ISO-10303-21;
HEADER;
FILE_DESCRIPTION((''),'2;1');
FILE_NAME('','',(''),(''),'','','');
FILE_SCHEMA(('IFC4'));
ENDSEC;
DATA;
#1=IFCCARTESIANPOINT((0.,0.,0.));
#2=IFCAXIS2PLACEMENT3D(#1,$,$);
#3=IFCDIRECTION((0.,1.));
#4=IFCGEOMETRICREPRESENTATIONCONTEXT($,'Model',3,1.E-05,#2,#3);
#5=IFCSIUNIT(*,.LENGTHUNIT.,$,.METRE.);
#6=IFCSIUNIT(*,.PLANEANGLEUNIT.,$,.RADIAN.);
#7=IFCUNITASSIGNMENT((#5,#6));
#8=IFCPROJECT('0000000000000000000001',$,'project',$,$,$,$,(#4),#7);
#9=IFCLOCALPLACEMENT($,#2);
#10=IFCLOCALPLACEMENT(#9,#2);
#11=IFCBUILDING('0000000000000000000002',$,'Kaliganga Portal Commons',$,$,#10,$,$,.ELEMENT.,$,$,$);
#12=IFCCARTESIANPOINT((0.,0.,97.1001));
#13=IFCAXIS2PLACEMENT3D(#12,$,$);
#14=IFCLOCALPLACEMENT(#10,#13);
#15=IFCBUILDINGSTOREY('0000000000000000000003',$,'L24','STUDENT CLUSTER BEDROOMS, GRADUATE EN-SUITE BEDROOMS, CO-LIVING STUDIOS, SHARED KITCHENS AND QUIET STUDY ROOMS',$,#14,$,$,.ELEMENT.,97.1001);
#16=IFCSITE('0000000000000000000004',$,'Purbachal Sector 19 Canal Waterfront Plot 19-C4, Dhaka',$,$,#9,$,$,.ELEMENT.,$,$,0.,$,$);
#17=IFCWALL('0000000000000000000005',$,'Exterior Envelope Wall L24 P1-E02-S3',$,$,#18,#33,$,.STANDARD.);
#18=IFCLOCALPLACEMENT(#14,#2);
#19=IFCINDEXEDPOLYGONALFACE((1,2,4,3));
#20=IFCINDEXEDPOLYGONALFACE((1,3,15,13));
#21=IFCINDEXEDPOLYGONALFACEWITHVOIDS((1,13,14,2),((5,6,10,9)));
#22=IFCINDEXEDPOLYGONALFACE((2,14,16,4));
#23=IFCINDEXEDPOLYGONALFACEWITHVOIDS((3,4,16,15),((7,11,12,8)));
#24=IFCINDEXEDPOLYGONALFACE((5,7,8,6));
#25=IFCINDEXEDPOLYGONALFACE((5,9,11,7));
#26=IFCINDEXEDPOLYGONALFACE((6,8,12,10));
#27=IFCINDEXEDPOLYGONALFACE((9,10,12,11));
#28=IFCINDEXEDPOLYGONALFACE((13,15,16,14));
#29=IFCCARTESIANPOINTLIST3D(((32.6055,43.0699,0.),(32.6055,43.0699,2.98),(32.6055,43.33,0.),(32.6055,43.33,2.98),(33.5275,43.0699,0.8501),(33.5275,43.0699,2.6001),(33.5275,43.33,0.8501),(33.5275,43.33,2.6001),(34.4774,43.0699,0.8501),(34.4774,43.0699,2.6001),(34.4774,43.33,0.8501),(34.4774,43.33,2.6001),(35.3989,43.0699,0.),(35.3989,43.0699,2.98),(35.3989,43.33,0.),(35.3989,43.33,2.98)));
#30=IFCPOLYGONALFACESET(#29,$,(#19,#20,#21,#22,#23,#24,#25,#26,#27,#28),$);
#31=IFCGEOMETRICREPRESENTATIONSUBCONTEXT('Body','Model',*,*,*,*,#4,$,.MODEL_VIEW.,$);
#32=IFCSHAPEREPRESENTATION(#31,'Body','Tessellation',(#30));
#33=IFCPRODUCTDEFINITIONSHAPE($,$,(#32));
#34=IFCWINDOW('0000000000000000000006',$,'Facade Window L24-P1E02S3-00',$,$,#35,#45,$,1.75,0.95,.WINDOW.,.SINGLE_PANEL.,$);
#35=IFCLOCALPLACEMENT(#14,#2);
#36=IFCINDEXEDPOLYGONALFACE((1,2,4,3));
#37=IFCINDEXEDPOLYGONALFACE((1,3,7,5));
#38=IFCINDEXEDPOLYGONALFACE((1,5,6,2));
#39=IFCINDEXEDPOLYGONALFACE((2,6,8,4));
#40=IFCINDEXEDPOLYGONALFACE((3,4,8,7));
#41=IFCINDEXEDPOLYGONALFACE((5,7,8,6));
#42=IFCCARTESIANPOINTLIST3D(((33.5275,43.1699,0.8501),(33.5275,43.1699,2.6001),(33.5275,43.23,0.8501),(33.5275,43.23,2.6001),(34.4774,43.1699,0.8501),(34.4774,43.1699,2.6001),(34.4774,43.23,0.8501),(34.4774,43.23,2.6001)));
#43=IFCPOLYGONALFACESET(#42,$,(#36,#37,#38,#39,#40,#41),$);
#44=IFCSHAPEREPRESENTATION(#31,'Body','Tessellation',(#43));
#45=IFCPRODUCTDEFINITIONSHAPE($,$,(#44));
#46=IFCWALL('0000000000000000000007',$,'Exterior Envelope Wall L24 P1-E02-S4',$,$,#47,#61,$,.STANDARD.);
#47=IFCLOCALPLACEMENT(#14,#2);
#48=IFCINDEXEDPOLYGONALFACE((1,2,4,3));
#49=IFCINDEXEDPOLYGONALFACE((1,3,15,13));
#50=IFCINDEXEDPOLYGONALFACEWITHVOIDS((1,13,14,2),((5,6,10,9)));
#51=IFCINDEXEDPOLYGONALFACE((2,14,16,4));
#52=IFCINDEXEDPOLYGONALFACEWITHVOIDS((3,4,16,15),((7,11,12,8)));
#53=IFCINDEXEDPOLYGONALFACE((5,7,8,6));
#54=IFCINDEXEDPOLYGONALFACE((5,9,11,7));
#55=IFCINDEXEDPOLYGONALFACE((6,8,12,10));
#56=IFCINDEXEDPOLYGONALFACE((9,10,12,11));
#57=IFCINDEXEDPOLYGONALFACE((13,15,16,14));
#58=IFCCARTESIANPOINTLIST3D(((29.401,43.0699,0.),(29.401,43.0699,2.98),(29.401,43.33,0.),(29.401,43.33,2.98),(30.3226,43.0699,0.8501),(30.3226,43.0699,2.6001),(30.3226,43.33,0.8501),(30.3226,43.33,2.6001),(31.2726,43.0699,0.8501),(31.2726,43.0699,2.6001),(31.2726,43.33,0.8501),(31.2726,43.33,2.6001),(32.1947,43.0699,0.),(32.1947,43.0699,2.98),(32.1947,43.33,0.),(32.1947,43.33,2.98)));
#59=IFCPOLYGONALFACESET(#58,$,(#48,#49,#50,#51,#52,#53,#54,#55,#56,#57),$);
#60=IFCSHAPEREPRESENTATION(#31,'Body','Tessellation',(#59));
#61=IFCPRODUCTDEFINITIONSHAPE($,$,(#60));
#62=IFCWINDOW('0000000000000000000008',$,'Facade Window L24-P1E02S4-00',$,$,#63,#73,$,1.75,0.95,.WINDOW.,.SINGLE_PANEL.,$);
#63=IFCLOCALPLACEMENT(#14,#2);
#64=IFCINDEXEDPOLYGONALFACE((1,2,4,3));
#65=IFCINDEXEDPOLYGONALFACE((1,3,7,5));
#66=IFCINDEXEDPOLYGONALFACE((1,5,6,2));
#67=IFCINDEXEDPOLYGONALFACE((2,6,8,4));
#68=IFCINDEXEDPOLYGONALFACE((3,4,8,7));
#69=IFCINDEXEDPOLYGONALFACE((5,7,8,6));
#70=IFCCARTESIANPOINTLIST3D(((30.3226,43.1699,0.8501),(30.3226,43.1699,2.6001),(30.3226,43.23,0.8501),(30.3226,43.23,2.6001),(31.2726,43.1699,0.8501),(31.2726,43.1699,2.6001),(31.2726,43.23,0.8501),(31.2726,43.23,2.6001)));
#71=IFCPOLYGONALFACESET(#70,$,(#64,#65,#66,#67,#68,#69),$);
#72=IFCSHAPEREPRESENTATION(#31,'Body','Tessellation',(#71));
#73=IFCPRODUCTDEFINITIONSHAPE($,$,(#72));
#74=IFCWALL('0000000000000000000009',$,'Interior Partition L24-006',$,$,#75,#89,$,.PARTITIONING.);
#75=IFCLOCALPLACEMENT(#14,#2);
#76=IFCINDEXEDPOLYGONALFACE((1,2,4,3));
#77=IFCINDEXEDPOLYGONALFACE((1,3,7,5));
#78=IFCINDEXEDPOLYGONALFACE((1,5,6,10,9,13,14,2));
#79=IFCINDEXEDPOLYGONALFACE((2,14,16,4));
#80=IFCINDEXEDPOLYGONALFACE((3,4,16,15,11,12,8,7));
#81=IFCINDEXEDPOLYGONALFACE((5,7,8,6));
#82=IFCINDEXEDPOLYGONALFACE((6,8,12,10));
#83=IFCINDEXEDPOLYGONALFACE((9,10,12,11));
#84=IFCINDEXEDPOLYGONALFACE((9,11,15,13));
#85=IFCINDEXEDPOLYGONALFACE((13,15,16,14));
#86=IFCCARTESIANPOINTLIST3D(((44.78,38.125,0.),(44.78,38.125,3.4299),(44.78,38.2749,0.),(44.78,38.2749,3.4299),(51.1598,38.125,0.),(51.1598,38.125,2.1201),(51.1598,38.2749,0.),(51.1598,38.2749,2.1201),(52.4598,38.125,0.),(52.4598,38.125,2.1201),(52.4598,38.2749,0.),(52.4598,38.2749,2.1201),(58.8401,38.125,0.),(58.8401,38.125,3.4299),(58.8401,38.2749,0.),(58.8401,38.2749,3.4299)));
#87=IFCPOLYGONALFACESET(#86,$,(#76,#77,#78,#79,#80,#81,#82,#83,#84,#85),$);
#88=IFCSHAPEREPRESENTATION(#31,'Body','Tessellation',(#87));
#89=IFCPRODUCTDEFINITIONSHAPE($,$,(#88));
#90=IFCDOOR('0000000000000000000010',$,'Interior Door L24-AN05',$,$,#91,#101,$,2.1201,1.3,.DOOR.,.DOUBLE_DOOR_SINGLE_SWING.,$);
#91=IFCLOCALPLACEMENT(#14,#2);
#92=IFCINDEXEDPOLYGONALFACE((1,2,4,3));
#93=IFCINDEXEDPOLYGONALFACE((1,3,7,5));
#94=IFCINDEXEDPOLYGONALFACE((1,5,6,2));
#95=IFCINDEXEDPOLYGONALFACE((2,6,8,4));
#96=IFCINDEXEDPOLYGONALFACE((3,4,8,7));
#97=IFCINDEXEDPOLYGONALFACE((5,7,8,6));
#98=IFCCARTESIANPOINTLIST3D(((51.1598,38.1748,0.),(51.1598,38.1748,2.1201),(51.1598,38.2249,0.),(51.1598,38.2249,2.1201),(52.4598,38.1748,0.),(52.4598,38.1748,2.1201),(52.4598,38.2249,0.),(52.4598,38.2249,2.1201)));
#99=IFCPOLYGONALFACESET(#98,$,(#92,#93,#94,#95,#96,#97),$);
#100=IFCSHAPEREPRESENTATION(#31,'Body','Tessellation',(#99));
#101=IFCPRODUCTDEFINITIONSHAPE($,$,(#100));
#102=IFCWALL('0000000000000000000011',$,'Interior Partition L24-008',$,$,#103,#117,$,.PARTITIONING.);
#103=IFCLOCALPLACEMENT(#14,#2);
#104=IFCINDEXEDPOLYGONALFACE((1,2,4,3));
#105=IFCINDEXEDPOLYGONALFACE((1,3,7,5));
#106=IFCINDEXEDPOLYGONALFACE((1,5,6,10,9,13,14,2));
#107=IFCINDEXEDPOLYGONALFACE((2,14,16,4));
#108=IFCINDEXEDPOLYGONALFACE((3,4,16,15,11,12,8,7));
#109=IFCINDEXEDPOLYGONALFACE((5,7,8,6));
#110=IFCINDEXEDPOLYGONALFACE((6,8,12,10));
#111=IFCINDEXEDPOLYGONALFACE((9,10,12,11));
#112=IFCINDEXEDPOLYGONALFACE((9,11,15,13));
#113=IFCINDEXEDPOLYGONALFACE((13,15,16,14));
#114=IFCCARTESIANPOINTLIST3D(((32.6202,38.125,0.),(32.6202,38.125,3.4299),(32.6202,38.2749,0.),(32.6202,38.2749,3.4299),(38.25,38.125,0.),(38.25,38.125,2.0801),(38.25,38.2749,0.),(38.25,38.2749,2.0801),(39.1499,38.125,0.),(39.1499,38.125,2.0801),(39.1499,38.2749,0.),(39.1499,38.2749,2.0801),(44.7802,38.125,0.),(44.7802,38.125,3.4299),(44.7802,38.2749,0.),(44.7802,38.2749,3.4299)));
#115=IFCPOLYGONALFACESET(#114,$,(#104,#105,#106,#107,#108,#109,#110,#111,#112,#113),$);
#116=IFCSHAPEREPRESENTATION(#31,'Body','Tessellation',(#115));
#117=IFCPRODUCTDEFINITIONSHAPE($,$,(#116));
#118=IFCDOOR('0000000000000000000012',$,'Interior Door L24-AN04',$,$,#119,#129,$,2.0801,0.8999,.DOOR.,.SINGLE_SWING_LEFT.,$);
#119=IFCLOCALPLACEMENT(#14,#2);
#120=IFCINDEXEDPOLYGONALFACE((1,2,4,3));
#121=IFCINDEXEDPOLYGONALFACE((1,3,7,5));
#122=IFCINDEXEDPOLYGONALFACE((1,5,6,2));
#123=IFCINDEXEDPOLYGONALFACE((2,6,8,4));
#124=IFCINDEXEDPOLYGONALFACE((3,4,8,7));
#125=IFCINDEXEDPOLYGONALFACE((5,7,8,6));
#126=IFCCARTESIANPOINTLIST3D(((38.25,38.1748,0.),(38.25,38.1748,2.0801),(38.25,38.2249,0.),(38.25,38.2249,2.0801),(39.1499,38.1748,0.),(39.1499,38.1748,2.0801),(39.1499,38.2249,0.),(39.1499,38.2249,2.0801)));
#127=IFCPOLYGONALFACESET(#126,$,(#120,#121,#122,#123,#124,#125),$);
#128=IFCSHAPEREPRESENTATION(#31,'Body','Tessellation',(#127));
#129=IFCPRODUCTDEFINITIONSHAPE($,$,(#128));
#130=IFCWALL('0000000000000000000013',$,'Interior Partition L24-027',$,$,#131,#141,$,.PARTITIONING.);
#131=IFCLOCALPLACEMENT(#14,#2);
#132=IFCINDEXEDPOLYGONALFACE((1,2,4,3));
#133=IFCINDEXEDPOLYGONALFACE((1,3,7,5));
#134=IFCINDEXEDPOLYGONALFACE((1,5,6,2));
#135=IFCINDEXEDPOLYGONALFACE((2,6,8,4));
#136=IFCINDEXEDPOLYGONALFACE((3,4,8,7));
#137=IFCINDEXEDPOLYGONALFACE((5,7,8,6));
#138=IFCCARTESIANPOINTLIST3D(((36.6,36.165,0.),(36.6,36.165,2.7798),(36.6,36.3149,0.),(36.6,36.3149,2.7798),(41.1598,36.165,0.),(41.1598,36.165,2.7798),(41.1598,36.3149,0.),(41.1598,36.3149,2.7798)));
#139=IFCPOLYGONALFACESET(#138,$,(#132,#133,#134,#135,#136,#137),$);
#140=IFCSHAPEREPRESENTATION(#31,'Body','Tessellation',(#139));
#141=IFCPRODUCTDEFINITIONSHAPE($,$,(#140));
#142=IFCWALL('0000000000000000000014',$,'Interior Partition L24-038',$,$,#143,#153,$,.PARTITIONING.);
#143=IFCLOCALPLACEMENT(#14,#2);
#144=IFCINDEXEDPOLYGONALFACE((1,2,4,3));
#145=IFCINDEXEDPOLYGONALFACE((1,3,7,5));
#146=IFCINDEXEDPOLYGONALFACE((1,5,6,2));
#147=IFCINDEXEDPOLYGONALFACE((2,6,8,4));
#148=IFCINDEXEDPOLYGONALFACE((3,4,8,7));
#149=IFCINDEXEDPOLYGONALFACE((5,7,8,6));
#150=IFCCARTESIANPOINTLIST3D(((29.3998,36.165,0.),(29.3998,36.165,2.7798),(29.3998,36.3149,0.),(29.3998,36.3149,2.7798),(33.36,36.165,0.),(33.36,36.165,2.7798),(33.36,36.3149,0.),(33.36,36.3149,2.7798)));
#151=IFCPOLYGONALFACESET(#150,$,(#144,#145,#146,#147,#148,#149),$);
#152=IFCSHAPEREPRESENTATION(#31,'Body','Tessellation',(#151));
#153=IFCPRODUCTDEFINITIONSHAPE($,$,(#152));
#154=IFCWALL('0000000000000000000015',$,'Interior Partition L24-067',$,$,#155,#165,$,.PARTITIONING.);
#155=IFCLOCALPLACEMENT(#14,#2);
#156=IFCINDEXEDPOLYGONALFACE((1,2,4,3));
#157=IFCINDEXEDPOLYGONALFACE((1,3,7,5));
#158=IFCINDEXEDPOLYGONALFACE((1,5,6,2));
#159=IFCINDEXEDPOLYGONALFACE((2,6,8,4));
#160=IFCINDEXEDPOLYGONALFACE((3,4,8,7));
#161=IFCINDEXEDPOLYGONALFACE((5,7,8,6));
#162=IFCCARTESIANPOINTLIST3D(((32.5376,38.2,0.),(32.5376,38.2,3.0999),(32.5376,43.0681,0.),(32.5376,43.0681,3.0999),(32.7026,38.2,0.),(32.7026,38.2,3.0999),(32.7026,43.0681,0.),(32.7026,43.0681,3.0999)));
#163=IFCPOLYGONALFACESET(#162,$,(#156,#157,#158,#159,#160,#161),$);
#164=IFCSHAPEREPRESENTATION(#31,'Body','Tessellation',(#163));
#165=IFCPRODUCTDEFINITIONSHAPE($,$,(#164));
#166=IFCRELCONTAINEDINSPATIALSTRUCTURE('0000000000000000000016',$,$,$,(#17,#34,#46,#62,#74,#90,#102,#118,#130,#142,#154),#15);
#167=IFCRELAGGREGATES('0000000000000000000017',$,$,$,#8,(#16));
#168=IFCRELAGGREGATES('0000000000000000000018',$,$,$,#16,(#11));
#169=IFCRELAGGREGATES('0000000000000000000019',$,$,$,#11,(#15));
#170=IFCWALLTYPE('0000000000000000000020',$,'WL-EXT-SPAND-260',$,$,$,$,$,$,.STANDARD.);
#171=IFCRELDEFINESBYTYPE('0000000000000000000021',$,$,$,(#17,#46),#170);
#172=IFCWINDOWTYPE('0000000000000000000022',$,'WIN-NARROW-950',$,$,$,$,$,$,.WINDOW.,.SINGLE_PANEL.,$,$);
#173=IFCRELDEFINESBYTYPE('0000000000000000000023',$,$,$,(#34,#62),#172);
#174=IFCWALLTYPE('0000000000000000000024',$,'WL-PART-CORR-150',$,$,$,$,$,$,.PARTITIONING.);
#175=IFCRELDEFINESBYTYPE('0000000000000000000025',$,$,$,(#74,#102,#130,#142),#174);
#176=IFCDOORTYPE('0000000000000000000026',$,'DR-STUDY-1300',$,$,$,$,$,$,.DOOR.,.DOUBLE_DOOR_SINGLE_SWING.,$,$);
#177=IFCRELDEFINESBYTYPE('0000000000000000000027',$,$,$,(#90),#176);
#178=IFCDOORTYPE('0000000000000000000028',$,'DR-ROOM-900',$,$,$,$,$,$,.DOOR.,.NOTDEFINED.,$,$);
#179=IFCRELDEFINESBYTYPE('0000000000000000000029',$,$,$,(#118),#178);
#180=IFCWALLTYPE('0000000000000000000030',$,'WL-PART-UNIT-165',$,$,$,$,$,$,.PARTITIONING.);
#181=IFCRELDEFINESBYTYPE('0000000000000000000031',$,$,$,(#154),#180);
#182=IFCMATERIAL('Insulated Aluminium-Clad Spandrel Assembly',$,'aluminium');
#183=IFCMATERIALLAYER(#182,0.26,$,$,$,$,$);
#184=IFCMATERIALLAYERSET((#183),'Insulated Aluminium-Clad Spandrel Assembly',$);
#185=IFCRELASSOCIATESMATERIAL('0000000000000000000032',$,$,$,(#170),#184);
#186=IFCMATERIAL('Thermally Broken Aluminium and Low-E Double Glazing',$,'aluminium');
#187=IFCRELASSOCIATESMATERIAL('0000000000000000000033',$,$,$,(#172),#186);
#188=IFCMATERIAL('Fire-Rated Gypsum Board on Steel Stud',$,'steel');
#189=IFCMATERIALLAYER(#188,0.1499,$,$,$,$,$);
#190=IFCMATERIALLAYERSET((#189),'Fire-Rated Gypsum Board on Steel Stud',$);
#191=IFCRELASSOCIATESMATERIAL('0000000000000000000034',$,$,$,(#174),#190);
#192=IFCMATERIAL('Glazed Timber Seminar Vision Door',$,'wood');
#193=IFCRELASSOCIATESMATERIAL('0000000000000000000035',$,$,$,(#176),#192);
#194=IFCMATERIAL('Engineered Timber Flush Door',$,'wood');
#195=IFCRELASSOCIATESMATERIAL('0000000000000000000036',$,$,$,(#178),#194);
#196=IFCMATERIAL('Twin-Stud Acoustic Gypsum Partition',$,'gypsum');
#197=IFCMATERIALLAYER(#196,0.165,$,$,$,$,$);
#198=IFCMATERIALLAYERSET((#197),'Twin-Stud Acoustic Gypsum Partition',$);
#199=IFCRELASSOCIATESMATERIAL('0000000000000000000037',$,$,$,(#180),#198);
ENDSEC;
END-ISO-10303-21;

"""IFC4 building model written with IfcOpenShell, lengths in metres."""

from ifc_helpers import new_model, si_unit, direction, frame, frame_2d, origin, place, context, subcontext, project, spatial, rectangle, extrude, material, layer, layer_set, type_object, element, fill, save


model = new_model("IFC4")

# Units and contexts
model_context = context("Model", 3, precision=1e-05, world=origin(), true_north=direction((0.0, 1.0)))
body_context = subcontext(model_context, "Body", "Model", "MODEL_VIEW")
ifc_project = project(units=[si_unit("LENGTHUNIT", "METRE"), si_unit("PLANEANGLEUNIT", "RADIAN")], contexts=[model_context])

# Site, building, storey
site_placement = place(None, origin())
site = spatial("IfcSite", under=ifc_project, at=site_placement, Name="Purbachal Sector 19 Canal Waterfront Plot 19-C4, Dhaka", CompositionType="ELEMENT", RefElevation=0.0)
building_placement = place(site_placement, origin())
building = spatial("IfcBuilding", under=site, at=building_placement, Name="Kaliganga Portal Commons", CompositionType="ELEMENT")
storey_placement = place(building_placement, frame((0.0, 0.0, 97.1001)))
storey = spatial("IfcBuildingStorey", under=building, at=storey_placement, Name="L24", Description="STUDENT CLUSTER BEDROOMS, GRADUATE EN-SUITE BEDROOMS, CO-LIVING STUDIOS, SHARED KITCHENS AND QUIET STUDY ROOMS", CompositionType="ELEMENT", Elevation=97.1001)

# Shared definitions
ifc_material_1 = material(Name="Insulated Aluminium-Clad Spandrel Assembly", Category="aluminium")
ifc_layer_1 = layer(ifc_material_1, 0.26)
ifc_layer_set_1 = layer_set([ifc_layer_1], Name="Insulated Aluminium-Clad Spandrel Assembly")
wall_type_1 = type_object("IfcWallType", Name="WL-EXT-SPAND-260", PredefinedType="STANDARD", material=ifc_layer_set_1)
ifc_material_2 = material(Name="Thermally Broken Aluminium and Low-E Double Glazing", Category="aluminium")

# Walls, openings, windows
wall_1_placement = place(storey_placement, frame((32.6055, 43.2, 0.0), z_axis=(0.0, 0.0, 1.0), x_axis=(1.0, 0.0, 0.0)))
wall_1 = element("IfcWall", 1, at=wall_1_placement, inside=storey, type_object=wall_type_1, Name="Exterior Envelope Wall L24 P1-E02-S3", PredefinedType="STANDARD", context=body_context, shape_type="SweptSolid", body=[
    extrude(rectangle(XDim=2.7935, YDim=0.26, at=frame_2d((1.3967, 0.0))), origin(), (0.0, 0.0, 1.0), 2.98),
])
opening_1_placement = place(wall_1_placement, frame((0.9219, 0.0, 0.8501)))
opening_1 = element("IfcOpeningElement", 2, at=opening_1_placement, cuts=wall_1, PredefinedType="OPENING", context=body_context, shape_type="SweptSolid", body=[
    extrude(rectangle(XDim=0.95, YDim=1.75, at=frame_2d((0.4751, 0.875))), frame((0.0, 0.1401, 0.0), z_axis=(0.0, -1.0, 0.0), x_axis=(1.0, 0.0, 0.0)), (0.0, 0.0, 1.0), 0.28),
])
window_type_1 = type_object("IfcWindowType", Name="WIN-NARROW-950", PartitioningType="SINGLE_PANEL", PredefinedType="WINDOW", material=ifc_material_2)
window_1_placement = place(opening_1_placement, origin())
window_1 = element("IfcWindow", 3, at=window_1_placement, inside=storey, type_object=window_type_1, Name="Facade Window L24-P1E02S3-00", OverallHeight=1.75, OverallWidth=0.95, PartitioningType="SINGLE_PANEL", PredefinedType="WINDOW", context=body_context, shape_type="SweptSolid", body=[
    extrude(rectangle(XDim=0.95, YDim=1.75, at=frame_2d((0.4751, 0.875))), frame((0.0, 0.03, 0.0), z_axis=(0.0, -1.0, 0.0), x_axis=(1.0, 0.0, 0.0)), (0.0, 0.0, 1.0), 0.0601),
])
fill(opening_1, window_1)
wall_2_placement = place(storey_placement, frame((29.4009, 43.2, 0.0), z_axis=(0.0, 0.0, 1.0), x_axis=(1.0, 0.0, 0.0)))
wall_2 = element("IfcWall", 4, at=wall_2_placement, inside=storey, type_object=wall_type_1, Name="Exterior Envelope Wall L24 P1-E02-S4", PredefinedType="STANDARD", context=body_context, shape_type="SweptSolid", body=[
    extrude(rectangle(XDim=2.7937, YDim=0.26, at=frame_2d((1.397, 0.0))), origin(), (0.0, 0.0, 1.0), 2.98),
])
opening_2_placement = place(wall_2_placement, frame((0.9216, 0.0, 0.8501)))
opening_2 = element("IfcOpeningElement", 5, at=opening_2_placement, cuts=wall_2, PredefinedType="OPENING", context=body_context, shape_type="SweptSolid", body=[
    extrude(rectangle(XDim=0.95, YDim=1.75, at=frame_2d((0.4751, 0.875))), frame((0.0, 0.1401, 0.0), z_axis=(0.0, -1.0, 0.0), x_axis=(1.0, 0.0, 0.0)), (0.0, 0.0, 1.0), 0.28),
])
window_2_placement = place(opening_2_placement, origin())
window_2 = element("IfcWindow", 6, at=window_2_placement, inside=storey, type_object=window_type_1, Name="Facade Window L24-P1E02S4-00", OverallHeight=1.75, OverallWidth=0.95, PartitioningType="SINGLE_PANEL", PredefinedType="WINDOW", context=body_context, shape_type="SweptSolid", body=[
    extrude(rectangle(XDim=0.95, YDim=1.75, at=frame_2d((0.4751, 0.875))), frame((0.0, 0.03, 0.0), z_axis=(0.0, -1.0, 0.0), x_axis=(1.0, 0.0, 0.0)), (0.0, 0.0, 1.0), 0.0601),
])
fill(opening_2, window_2)

# Walls, openings, doors
ifc_material_3 = material(Name="Fire-Rated Gypsum Board on Steel Stud", Category="steel")
ifc_layer_2 = layer(ifc_material_3, 0.1499)
ifc_layer_set_2 = layer_set([ifc_layer_2], Name="Fire-Rated Gypsum Board on Steel Stud")
wall_type_2 = type_object("IfcWallType", Name="WL-PART-CORR-150", PredefinedType="PARTITIONING", material=ifc_layer_set_2)
wall_3_placement = place(storey_placement, frame((44.78, 38.2, 0.0), z_axis=(0.0, 0.0, 1.0), x_axis=(1.0, 0.0, 0.0)))
wall_3 = element("IfcWall", 7, at=wall_3_placement, inside=storey, type_object=wall_type_2, Name="Interior Partition L24-006", PredefinedType="PARTITIONING", context=body_context, shape_type="SweptSolid", body=[
    extrude(rectangle(XDim=14.0601, YDim=0.1499, at=frame_2d((7.03, 0.0))), origin(), (0.0, 0.0, 1.0), 3.4299),
])
opening_3_placement = place(wall_3_placement, frame((6.3799, 0.0, 0.0)))
opening_3 = element("IfcOpeningElement", 8, at=opening_3_placement, cuts=wall_3, PredefinedType="OPENING", context=body_context, shape_type="SweptSolid", body=[
    extrude(rectangle(XDim=1.3, YDim=2.1201, at=frame_2d((0.6499, 1.0601))), frame((0.0, 0.085, 0.0), z_axis=(0.0, -1.0, 0.0), x_axis=(1.0, 0.0, 0.0)), (0.0, 0.0, 1.0), 0.1699),
])
ifc_material_4 = material(Name="Glazed Timber Seminar Vision Door", Category="wood")
door_type_1 = type_object("IfcDoorType", Name="DR-STUDY-1300", OperationType="DOUBLE_DOOR_SINGLE_SWING", PredefinedType="DOOR", material=ifc_material_4)
door_1_placement = place(opening_3_placement, origin())
door_1 = element("IfcDoor", 9, at=door_1_placement, inside=storey, type_object=door_type_1, Name="Interior Door L24-AN05", OperationType="DOUBLE_DOOR_SINGLE_SWING", OverallHeight=2.1201, OverallWidth=1.3, PredefinedType="DOOR", context=body_context, shape_type="SweptSolid", body=[
    extrude(rectangle(XDim=1.3, YDim=2.1201, at=frame_2d((0.6499, 1.0601))), frame((0.0, 0.0249, 0.0), z_axis=(0.0, -1.0, 0.0), x_axis=(1.0, 0.0, 0.0)), (0.0, 0.0, 1.0), 0.05),
])
fill(opening_3, door_1)
wall_4_placement = place(storey_placement, frame((32.6201, 38.2, 0.0), z_axis=(0.0, 0.0, 1.0), x_axis=(1.0, 0.0, 0.0)))
wall_4 = element("IfcWall", 10, at=wall_4_placement, inside=storey, type_object=wall_type_2, Name="Interior Partition L24-008", PredefinedType="PARTITIONING", context=body_context, shape_type="SweptSolid", body=[
    extrude(rectangle(XDim=12.1599, YDim=0.1499, at=frame_2d((6.0801, 0.0))), origin(), (0.0, 0.0, 1.0), 3.4299),
])
opening_4_placement = place(wall_4_placement, frame((5.6299, 0.0, 0.0)))
opening_4 = element("IfcOpeningElement", 11, at=opening_4_placement, cuts=wall_4, PredefinedType="OPENING", context=body_context, shape_type="SweptSolid", body=[
    extrude(rectangle(XDim=0.8999, YDim=2.0801, at=frame_2d((0.45, 1.04))), frame((0.0, 0.085, 0.0), z_axis=(0.0, -1.0, 0.0), x_axis=(1.0, 0.0, 0.0)), (0.0, 0.0, 1.0), 0.1699),
])
ifc_material_5 = material(Name="Engineered Timber Flush Door", Category="wood")
door_type_2 = type_object("IfcDoorType", Name="DR-ROOM-900", OperationType="NOTDEFINED", PredefinedType="DOOR", material=ifc_material_5)
door_2_placement = place(opening_4_placement, origin())
door_2 = element("IfcDoor", 12, at=door_2_placement, inside=storey, type_object=door_type_2, Name="Interior Door L24-AN04", OperationType="SINGLE_SWING_LEFT", OverallHeight=2.0801, OverallWidth=0.8999, PredefinedType="DOOR", context=body_context, shape_type="SweptSolid", body=[
    extrude(rectangle(XDim=0.8999, YDim=2.0801, at=frame_2d((0.45, 1.04))), frame((0.0, 0.0249, 0.0), z_axis=(0.0, -1.0, 0.0), x_axis=(1.0, 0.0, 0.0)), (0.0, 0.0, 1.0), 0.05),
])
fill(opening_4, door_2)

# Wall
wall_5_placement = place(storey_placement, frame((36.6001, 36.24, 0.0), z_axis=(0.0, 0.0, 1.0), x_axis=(1.0, 0.0, 0.0)))
element("IfcWall", 13, at=wall_5_placement, inside=storey, type_object=wall_type_2, Name="Interior Partition L24-027", PredefinedType="PARTITIONING", context=body_context, shape_type="SweptSolid", body=[
    extrude(rectangle(XDim=4.5598, YDim=0.1499, at=frame_2d((2.2798, 0.0))), origin(), (0.0, 0.0, 1.0), 2.7798),
])

# Walls
wall_6_placement = place(storey_placement, frame((29.3999, 36.24, 0.0), z_axis=(0.0, 0.0, 1.0), x_axis=(1.0, 0.0, 0.0)))
element("IfcWall", 14, at=wall_6_placement, inside=storey, type_object=wall_type_2, Name="Interior Partition L24-038", PredefinedType="PARTITIONING", context=body_context, shape_type="SweptSolid", body=[
    extrude(rectangle(XDim=3.9602, YDim=0.1499, at=frame_2d((1.98, 0.0))), origin(), (0.0, 0.0, 1.0), 2.7798),
])
ifc_material_6 = material(Name="Twin-Stud Acoustic Gypsum Partition", Category="gypsum")
ifc_layer_3 = layer(ifc_material_6, 0.165)
ifc_layer_set_3 = layer_set([ifc_layer_3], Name="Twin-Stud Acoustic Gypsum Partition")
wall_type_3 = type_object("IfcWallType", Name="WL-PART-UNIT-165", PredefinedType="PARTITIONING", material=ifc_layer_set_3)
wall_7_placement = place(storey_placement, frame((32.6201, 38.2, 0.0), z_axis=(0.0, 0.0, 1.0), x_axis=(0.0, 1.0, 0.0)))
element("IfcWall", 15, at=wall_7_placement, inside=storey, type_object=wall_type_3, Name="Interior Partition L24-067", PredefinedType="PARTITIONING", context=body_context, shape_type="SweptSolid", body=[
    extrude(rectangle(XDim=4.8682, YDim=0.165, at=frame_2d((2.4341, 0.0))), origin(), (0.0, 0.0, 1.0), 3.0999),
])

save(model, "model.ifc")
